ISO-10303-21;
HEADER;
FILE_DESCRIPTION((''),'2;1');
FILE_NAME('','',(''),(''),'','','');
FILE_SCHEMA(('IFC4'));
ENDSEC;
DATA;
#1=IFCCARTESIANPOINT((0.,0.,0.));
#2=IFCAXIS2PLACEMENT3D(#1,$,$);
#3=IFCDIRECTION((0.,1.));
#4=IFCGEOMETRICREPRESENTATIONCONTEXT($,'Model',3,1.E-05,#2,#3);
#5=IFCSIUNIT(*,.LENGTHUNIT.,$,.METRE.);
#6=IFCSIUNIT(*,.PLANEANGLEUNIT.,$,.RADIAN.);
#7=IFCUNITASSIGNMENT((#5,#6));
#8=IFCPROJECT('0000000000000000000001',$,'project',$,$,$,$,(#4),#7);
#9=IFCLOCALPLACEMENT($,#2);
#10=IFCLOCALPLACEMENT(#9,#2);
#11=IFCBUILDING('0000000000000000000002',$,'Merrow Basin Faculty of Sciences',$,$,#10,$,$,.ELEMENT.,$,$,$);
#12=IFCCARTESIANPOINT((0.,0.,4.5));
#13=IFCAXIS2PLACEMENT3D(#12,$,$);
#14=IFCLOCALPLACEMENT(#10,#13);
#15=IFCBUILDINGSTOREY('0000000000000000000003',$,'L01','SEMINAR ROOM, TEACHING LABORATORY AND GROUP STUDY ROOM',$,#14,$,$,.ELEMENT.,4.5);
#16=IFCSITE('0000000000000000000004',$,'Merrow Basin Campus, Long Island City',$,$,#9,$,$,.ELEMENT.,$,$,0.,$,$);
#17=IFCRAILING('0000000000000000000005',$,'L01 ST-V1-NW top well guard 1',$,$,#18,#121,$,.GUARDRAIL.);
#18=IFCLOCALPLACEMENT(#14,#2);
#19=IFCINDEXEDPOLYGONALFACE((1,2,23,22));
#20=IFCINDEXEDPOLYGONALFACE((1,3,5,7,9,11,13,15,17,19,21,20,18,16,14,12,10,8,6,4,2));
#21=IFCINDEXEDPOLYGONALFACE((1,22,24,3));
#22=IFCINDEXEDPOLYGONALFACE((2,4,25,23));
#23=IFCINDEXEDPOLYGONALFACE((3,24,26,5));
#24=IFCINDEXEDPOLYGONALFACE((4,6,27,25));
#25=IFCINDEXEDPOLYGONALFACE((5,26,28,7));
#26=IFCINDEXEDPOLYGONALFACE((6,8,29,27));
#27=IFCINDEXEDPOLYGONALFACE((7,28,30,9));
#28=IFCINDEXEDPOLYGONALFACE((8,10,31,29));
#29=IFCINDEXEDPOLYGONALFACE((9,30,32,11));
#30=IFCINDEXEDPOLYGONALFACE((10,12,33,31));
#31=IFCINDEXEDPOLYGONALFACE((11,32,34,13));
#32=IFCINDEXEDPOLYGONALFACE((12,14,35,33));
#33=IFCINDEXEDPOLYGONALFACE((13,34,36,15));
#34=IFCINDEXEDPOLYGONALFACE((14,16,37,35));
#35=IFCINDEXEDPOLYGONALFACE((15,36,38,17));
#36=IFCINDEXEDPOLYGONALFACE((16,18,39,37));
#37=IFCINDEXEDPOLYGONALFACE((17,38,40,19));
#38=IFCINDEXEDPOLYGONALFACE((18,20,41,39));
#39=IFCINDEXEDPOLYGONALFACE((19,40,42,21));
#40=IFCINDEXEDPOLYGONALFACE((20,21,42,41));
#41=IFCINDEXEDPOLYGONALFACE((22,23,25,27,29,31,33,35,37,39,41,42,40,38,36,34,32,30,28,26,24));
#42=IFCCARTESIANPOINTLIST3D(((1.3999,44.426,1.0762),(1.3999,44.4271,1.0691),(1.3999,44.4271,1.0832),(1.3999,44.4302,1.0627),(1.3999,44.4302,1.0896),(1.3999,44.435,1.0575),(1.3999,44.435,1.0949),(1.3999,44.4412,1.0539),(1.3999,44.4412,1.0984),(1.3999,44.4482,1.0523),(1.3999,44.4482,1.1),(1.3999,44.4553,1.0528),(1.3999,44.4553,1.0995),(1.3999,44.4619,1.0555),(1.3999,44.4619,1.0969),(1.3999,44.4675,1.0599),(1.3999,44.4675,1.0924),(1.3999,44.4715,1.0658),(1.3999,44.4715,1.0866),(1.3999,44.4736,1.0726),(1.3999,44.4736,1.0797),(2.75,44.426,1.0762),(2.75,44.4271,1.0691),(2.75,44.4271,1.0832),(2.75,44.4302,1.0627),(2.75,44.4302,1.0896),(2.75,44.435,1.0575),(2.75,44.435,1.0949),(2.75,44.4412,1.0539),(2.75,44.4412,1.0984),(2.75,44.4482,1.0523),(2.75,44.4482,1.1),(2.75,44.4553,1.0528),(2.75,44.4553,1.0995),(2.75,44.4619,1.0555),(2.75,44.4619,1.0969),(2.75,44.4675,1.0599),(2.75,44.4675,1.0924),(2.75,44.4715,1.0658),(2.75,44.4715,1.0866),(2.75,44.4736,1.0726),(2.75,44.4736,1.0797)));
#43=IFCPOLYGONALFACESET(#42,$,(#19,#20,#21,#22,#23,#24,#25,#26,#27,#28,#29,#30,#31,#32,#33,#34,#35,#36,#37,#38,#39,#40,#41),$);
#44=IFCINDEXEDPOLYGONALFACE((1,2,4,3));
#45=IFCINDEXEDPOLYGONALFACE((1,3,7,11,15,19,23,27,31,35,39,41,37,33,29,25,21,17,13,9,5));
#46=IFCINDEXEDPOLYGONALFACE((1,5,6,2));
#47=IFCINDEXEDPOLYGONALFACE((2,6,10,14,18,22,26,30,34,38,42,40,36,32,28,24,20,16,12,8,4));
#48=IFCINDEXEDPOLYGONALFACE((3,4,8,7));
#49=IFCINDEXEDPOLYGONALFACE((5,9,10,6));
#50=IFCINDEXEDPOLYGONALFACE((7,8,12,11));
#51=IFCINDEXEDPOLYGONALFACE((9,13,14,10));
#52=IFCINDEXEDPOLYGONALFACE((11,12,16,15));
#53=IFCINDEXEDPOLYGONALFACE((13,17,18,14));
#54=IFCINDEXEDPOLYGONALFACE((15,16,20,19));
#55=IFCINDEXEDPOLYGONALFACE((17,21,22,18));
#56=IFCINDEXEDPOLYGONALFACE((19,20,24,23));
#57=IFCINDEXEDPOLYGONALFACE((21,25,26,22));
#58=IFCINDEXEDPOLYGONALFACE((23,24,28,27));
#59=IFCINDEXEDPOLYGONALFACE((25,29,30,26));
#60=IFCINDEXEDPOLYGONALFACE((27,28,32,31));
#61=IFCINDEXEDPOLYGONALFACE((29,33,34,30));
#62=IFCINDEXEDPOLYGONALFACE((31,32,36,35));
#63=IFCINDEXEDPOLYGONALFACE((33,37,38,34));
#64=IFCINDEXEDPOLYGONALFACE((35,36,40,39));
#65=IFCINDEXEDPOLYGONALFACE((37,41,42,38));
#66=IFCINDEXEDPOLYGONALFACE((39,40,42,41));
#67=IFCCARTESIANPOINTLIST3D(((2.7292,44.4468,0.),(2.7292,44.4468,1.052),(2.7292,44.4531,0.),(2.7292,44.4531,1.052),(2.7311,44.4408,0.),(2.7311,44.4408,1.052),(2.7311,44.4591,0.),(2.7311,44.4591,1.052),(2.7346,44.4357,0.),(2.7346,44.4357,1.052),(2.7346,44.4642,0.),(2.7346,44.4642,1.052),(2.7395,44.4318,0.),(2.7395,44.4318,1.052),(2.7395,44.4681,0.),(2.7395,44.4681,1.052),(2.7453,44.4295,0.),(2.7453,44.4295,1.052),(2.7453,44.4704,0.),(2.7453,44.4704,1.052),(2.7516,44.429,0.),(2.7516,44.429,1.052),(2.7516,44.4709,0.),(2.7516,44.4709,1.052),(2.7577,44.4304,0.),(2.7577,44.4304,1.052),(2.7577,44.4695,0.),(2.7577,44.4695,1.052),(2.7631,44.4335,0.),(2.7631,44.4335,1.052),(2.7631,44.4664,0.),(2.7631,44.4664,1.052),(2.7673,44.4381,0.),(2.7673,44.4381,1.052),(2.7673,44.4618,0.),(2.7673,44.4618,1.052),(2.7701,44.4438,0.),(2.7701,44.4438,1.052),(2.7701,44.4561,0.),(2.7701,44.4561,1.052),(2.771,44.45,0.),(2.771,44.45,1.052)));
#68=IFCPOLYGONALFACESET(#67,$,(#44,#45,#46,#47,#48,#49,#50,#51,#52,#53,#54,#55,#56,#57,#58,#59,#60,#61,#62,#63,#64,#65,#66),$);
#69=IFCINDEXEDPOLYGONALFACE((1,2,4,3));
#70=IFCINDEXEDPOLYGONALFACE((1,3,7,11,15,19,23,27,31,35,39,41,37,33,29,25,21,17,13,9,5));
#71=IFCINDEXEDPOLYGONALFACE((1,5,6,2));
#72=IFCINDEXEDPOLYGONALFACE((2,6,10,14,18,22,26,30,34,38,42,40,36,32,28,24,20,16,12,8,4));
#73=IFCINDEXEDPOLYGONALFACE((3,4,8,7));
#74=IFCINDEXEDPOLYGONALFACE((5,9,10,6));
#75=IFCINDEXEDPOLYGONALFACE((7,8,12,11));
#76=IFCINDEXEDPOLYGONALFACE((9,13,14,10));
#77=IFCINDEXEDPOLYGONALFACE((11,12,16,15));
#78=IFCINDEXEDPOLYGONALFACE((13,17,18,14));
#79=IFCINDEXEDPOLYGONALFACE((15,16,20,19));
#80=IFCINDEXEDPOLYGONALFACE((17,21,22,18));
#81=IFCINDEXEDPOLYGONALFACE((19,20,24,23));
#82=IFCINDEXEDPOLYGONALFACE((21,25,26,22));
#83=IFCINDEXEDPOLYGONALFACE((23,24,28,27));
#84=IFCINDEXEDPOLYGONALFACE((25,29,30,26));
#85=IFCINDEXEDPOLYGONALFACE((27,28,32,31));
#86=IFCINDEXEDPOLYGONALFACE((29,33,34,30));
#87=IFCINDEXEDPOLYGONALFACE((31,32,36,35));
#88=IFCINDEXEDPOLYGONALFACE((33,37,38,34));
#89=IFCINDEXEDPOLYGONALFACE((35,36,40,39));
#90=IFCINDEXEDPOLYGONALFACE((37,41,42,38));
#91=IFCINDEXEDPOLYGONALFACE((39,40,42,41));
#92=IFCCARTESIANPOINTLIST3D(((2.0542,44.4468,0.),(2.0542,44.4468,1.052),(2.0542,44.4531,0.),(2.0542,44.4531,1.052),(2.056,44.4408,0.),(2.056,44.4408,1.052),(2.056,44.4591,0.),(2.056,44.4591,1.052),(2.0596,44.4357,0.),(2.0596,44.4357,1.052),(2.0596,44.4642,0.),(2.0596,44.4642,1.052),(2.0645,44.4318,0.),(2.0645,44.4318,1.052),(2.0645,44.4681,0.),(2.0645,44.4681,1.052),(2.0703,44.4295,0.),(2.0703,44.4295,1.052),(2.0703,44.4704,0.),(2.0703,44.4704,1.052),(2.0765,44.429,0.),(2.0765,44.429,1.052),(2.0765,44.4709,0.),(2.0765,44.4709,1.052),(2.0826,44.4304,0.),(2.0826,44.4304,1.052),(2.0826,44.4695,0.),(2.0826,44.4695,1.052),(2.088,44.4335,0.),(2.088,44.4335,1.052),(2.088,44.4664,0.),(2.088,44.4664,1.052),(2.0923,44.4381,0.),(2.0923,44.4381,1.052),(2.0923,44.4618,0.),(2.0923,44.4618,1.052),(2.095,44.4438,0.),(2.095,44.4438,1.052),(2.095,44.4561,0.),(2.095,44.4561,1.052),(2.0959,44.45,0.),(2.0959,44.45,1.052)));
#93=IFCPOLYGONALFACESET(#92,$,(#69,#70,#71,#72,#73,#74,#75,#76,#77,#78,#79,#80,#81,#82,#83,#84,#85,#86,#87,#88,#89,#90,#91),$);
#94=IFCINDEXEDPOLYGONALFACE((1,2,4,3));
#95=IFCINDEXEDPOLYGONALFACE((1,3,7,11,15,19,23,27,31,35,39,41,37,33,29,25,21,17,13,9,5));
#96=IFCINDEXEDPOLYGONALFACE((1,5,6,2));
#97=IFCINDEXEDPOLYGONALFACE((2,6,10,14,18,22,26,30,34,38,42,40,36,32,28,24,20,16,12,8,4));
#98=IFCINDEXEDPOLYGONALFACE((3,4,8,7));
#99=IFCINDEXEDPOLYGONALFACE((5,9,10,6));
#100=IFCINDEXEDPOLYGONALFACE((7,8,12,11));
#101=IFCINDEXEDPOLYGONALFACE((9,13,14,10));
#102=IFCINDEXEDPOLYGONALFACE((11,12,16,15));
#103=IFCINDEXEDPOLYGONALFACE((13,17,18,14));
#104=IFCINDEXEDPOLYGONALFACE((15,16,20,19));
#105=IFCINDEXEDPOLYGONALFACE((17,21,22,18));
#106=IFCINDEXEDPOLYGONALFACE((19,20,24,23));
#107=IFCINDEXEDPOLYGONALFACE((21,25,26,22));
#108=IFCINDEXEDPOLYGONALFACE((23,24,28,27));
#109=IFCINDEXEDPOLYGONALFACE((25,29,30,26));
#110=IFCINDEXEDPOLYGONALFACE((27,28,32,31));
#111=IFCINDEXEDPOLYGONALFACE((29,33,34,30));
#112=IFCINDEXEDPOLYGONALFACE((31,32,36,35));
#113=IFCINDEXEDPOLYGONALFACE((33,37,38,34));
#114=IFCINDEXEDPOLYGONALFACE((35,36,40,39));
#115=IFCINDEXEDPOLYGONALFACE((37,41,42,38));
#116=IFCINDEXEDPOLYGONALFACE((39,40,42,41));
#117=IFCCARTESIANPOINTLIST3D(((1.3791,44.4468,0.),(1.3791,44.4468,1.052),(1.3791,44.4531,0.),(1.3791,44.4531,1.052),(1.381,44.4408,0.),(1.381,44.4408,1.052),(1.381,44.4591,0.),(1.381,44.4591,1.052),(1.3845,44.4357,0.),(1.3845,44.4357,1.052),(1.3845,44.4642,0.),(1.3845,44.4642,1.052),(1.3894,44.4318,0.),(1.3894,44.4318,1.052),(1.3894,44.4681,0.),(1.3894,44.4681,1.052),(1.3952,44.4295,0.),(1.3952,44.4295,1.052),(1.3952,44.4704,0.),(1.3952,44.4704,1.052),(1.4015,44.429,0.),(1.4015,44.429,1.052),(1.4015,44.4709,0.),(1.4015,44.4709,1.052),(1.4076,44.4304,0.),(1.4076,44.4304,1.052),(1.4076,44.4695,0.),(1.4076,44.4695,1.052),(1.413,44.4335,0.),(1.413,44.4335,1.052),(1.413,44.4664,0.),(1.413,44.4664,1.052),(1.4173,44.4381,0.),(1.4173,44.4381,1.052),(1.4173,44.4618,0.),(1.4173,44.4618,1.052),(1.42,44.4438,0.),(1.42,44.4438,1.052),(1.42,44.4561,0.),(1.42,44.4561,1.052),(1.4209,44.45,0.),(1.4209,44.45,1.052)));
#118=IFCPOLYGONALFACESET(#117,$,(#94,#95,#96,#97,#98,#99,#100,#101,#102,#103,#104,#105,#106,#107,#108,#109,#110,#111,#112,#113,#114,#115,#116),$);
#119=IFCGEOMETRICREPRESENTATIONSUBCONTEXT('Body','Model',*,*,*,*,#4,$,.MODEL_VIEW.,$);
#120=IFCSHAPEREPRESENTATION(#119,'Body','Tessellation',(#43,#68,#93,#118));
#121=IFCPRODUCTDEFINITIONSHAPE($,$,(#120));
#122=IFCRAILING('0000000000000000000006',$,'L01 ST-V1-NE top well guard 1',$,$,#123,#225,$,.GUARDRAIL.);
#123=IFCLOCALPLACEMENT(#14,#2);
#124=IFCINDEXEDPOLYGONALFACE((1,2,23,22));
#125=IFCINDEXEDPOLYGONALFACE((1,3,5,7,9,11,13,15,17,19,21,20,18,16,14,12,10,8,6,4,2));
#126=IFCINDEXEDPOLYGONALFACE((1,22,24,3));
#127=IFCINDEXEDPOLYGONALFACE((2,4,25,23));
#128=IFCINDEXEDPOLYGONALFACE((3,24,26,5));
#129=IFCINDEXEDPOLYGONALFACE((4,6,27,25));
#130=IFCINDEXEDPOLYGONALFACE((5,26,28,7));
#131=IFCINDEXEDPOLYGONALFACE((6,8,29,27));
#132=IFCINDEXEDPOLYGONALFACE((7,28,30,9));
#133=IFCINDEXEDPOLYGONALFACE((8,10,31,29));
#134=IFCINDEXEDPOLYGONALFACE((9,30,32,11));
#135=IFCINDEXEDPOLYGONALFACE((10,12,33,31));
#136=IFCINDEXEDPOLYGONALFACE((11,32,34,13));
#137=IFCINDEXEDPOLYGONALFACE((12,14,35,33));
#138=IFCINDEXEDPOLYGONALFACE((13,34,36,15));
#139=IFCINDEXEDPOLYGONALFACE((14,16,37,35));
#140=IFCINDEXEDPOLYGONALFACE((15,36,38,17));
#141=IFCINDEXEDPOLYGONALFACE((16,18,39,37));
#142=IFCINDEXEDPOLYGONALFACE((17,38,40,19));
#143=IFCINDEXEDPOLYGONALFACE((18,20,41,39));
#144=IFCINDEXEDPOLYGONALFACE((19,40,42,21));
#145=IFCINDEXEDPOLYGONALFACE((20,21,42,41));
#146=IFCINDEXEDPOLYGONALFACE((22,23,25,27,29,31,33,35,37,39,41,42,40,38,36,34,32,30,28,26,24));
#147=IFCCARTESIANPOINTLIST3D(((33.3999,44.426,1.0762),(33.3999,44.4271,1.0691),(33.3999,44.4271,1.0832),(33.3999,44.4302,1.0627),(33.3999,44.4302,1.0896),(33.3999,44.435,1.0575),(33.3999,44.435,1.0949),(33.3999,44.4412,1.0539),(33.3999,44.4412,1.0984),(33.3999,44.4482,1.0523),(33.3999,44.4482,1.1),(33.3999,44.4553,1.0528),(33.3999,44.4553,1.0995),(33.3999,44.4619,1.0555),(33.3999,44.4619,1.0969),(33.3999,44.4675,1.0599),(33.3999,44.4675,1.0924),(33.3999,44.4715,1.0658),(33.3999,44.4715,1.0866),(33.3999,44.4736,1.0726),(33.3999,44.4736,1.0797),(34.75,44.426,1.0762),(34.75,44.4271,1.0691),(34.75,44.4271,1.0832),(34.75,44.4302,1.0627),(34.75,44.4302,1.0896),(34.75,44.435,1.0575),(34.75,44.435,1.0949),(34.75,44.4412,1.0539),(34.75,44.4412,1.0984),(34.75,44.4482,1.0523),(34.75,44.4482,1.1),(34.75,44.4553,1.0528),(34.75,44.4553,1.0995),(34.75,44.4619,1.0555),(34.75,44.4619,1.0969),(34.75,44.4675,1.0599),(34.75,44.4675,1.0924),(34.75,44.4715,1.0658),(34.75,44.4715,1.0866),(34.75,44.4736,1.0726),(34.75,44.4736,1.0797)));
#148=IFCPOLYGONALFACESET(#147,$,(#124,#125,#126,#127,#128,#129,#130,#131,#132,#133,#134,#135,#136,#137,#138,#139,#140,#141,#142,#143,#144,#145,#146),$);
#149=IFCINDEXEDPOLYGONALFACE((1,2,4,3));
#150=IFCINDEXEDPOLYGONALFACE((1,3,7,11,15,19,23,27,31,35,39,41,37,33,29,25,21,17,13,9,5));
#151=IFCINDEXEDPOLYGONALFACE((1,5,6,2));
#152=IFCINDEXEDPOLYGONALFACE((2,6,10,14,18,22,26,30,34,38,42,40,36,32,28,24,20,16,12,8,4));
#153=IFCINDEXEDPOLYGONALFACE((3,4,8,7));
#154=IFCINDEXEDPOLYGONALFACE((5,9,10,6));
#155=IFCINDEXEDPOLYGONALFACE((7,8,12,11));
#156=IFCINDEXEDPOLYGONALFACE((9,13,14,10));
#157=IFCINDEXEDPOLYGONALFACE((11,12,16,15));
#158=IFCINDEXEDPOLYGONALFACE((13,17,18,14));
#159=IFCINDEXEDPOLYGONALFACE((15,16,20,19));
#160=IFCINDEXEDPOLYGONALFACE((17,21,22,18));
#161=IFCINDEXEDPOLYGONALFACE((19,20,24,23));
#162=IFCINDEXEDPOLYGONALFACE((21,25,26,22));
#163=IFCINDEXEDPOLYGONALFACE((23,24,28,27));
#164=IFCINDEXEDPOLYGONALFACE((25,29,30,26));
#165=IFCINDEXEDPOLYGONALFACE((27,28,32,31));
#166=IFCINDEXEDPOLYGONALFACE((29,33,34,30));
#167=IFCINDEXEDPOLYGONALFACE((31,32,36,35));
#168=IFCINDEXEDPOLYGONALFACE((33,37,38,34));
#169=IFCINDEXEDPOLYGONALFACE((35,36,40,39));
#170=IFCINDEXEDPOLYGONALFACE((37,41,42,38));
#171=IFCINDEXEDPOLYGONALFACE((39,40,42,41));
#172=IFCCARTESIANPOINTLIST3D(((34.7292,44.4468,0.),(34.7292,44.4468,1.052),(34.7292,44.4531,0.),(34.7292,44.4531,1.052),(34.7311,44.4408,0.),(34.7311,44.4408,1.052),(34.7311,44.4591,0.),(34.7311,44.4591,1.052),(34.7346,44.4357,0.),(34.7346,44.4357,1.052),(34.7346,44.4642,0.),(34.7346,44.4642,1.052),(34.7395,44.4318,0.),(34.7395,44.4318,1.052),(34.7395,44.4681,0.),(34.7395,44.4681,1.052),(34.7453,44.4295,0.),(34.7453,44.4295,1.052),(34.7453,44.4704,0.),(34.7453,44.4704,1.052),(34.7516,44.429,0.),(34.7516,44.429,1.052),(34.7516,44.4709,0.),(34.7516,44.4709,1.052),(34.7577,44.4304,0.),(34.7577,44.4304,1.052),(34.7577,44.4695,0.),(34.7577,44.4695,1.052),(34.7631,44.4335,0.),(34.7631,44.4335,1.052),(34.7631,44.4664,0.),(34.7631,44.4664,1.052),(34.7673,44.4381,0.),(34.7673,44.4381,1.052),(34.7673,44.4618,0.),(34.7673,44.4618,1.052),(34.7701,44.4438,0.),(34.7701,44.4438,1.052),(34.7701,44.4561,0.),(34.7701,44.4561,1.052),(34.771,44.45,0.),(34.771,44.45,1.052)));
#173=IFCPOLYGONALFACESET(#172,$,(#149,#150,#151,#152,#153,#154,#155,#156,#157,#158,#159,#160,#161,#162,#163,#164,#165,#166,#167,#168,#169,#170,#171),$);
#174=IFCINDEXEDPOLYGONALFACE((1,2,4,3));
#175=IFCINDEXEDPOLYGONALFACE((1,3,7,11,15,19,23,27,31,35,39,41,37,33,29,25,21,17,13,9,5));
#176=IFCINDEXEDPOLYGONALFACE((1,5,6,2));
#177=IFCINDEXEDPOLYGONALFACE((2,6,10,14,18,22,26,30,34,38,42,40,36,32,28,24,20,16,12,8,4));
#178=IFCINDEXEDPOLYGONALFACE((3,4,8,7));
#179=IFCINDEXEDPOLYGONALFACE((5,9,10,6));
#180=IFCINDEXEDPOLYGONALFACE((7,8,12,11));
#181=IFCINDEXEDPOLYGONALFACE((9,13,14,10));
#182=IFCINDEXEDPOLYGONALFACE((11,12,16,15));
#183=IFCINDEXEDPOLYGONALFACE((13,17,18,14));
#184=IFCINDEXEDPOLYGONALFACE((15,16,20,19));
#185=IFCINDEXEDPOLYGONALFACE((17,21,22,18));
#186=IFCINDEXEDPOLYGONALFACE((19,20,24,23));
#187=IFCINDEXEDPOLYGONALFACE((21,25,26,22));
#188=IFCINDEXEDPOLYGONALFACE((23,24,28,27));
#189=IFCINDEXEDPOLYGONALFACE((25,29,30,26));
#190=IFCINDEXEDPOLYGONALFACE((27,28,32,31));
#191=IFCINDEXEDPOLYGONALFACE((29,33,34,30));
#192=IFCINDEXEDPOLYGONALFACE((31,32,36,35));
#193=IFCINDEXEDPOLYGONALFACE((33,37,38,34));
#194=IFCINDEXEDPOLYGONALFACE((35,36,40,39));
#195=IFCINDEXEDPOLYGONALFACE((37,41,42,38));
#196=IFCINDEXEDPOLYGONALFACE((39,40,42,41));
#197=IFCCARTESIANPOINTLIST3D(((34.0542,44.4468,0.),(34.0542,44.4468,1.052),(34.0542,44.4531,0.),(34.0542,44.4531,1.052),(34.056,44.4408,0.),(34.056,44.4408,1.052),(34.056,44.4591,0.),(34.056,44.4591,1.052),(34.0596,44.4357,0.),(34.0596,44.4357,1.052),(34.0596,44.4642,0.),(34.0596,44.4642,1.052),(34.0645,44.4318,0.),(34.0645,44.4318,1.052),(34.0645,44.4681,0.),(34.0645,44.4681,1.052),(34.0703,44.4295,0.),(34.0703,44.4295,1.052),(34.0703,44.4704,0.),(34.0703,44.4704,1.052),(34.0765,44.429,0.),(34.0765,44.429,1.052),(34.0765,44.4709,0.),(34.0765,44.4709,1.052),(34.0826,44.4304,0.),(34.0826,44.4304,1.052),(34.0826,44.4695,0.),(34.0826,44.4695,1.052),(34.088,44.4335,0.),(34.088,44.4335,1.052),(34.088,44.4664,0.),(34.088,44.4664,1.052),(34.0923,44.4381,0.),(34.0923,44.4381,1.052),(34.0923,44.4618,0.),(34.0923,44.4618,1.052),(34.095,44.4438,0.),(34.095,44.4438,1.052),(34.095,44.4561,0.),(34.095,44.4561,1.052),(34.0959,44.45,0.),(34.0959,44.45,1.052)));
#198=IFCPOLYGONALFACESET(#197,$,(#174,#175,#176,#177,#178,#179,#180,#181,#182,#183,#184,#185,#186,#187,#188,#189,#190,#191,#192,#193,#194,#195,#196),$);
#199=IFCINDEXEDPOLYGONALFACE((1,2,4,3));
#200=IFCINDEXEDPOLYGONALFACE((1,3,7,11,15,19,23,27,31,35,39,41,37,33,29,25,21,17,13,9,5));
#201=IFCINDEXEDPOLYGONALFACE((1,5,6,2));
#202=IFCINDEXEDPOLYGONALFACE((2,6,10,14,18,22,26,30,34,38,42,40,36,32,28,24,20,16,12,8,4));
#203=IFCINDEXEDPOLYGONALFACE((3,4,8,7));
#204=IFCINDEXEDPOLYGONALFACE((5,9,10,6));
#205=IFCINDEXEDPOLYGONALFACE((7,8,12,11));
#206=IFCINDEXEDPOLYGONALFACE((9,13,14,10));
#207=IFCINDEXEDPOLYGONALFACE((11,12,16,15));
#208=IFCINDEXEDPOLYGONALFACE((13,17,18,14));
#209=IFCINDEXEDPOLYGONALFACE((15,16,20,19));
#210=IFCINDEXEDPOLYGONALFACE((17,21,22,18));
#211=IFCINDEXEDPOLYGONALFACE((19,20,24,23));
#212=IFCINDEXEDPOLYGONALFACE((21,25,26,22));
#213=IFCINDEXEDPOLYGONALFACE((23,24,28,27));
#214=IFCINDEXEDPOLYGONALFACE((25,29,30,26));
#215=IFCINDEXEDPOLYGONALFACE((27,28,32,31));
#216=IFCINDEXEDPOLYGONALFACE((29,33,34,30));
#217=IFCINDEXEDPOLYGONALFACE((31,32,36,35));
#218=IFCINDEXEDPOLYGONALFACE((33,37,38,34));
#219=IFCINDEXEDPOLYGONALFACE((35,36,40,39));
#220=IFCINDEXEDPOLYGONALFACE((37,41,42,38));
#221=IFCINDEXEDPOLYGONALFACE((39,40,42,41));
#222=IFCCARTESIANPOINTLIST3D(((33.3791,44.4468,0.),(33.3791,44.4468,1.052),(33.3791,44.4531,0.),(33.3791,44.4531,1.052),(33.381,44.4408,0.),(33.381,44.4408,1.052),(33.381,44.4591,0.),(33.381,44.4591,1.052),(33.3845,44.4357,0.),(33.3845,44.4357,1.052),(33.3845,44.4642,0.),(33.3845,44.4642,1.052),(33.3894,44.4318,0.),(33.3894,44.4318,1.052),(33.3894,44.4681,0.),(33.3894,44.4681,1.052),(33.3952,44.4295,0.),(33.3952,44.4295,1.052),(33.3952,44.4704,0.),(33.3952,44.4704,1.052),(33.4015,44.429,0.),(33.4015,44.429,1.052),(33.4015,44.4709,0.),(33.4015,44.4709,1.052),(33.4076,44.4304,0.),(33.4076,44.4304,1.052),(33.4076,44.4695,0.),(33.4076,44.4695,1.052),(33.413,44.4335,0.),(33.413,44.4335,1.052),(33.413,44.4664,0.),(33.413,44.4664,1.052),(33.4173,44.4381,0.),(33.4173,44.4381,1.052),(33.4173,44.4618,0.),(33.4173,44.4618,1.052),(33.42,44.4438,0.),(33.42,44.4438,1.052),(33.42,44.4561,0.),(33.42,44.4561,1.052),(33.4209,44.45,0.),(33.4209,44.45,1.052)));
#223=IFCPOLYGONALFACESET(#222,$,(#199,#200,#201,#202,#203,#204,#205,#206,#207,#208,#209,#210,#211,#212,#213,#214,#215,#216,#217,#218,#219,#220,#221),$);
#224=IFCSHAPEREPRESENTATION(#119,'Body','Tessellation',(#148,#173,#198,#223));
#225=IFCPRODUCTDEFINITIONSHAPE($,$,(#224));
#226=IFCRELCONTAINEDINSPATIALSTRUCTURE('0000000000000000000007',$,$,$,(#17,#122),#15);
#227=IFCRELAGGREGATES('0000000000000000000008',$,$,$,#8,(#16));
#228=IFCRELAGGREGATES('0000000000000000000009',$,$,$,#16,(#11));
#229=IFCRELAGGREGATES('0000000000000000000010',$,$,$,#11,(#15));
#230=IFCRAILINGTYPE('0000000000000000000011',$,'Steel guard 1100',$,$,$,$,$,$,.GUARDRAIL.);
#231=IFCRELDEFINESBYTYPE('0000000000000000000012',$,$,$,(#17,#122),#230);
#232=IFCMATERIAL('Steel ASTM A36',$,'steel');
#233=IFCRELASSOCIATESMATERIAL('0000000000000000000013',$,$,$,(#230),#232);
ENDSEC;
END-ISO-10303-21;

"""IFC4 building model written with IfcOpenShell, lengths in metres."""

from ifc_helpers import new_model, si_unit, direction, frame, origin, origin_2d, place, context, subcontext, project, spatial, circle, extrude, material, type_object, element, save


model = new_model("IFC4")

# Units and contexts
model_context = context("Model", 3, precision=1e-05, world=origin(), true_north=direction((0.0, 1.0)))
body_context = subcontext(model_context, "Body", "Model", "MODEL_VIEW")
ifc_project = project(units=[si_unit("LENGTHUNIT", "METRE"), si_unit("PLANEANGLEUNIT", "RADIAN")], contexts=[model_context])

# Site, building, storey
site_placement = place(None, origin())
site = spatial("IfcSite", under=ifc_project, at=site_placement, Name="Merrow Basin Campus, Long Island City", CompositionType="ELEMENT", RefElevation=0.0)
building_placement = place(site_placement, origin())
building = spatial("IfcBuilding", under=site, at=building_placement, Name="Merrow Basin Faculty of Sciences", CompositionType="ELEMENT")
storey_placement = place(building_placement, frame((0.0, 0.0, 4.5)))
storey = spatial("IfcBuildingStorey", under=building, at=storey_placement, Name="L01", Description="SEMINAR ROOM, TEACHING LABORATORY AND GROUP STUDY ROOM", CompositionType="ELEMENT", Elevation=4.5)

# Railings
ifc_material_1 = material(Name="Steel ASTM A36", Category="steel")
railing_type = type_object("IfcRailingType", Name="Steel guard 1100", PredefinedType="GUARDRAIL", material=ifc_material_1)
for number, where, name in (
    (1, (2.75, 44.45, 0.0), "L01 ST-V1-NW top well guard 1"),
    (2, (34.75, 44.45, 0.0), "L01 ST-V1-NE top well guard 1"),
):
    element("IfcRailing", number, at=place(storey_placement, frame(where)), inside=storey, type_object=railing_type, Name=name, PredefinedType="GUARDRAIL", context=body_context, shape_type="SweptSolid", body=[
        extrude(circle(Radius=0.0239, at=origin_2d()), frame((0.0, 0.0, 1.0762), z_axis=(-1.0, 0.0, 0.0), x_axis=(0.0, -1.0, 0.0)), (0.0, 0.0, 1.0), 1.3501),
        extrude(circle(Radius=0.021, at=origin_2d()), origin(), (0.0, 0.0, 1.0), 1.052),
        extrude(circle(Radius=0.021, at=origin_2d()), frame((-0.675, 0.0, 0.0)), (0.0, 0.0, 1.0), 1.052),
        extrude(circle(Radius=0.021, at=origin_2d()), frame((-1.3501, 0.0, 0.0)), (0.0, 0.0, 1.0), 1.052),
    ])

save(model, "model.ifc")
